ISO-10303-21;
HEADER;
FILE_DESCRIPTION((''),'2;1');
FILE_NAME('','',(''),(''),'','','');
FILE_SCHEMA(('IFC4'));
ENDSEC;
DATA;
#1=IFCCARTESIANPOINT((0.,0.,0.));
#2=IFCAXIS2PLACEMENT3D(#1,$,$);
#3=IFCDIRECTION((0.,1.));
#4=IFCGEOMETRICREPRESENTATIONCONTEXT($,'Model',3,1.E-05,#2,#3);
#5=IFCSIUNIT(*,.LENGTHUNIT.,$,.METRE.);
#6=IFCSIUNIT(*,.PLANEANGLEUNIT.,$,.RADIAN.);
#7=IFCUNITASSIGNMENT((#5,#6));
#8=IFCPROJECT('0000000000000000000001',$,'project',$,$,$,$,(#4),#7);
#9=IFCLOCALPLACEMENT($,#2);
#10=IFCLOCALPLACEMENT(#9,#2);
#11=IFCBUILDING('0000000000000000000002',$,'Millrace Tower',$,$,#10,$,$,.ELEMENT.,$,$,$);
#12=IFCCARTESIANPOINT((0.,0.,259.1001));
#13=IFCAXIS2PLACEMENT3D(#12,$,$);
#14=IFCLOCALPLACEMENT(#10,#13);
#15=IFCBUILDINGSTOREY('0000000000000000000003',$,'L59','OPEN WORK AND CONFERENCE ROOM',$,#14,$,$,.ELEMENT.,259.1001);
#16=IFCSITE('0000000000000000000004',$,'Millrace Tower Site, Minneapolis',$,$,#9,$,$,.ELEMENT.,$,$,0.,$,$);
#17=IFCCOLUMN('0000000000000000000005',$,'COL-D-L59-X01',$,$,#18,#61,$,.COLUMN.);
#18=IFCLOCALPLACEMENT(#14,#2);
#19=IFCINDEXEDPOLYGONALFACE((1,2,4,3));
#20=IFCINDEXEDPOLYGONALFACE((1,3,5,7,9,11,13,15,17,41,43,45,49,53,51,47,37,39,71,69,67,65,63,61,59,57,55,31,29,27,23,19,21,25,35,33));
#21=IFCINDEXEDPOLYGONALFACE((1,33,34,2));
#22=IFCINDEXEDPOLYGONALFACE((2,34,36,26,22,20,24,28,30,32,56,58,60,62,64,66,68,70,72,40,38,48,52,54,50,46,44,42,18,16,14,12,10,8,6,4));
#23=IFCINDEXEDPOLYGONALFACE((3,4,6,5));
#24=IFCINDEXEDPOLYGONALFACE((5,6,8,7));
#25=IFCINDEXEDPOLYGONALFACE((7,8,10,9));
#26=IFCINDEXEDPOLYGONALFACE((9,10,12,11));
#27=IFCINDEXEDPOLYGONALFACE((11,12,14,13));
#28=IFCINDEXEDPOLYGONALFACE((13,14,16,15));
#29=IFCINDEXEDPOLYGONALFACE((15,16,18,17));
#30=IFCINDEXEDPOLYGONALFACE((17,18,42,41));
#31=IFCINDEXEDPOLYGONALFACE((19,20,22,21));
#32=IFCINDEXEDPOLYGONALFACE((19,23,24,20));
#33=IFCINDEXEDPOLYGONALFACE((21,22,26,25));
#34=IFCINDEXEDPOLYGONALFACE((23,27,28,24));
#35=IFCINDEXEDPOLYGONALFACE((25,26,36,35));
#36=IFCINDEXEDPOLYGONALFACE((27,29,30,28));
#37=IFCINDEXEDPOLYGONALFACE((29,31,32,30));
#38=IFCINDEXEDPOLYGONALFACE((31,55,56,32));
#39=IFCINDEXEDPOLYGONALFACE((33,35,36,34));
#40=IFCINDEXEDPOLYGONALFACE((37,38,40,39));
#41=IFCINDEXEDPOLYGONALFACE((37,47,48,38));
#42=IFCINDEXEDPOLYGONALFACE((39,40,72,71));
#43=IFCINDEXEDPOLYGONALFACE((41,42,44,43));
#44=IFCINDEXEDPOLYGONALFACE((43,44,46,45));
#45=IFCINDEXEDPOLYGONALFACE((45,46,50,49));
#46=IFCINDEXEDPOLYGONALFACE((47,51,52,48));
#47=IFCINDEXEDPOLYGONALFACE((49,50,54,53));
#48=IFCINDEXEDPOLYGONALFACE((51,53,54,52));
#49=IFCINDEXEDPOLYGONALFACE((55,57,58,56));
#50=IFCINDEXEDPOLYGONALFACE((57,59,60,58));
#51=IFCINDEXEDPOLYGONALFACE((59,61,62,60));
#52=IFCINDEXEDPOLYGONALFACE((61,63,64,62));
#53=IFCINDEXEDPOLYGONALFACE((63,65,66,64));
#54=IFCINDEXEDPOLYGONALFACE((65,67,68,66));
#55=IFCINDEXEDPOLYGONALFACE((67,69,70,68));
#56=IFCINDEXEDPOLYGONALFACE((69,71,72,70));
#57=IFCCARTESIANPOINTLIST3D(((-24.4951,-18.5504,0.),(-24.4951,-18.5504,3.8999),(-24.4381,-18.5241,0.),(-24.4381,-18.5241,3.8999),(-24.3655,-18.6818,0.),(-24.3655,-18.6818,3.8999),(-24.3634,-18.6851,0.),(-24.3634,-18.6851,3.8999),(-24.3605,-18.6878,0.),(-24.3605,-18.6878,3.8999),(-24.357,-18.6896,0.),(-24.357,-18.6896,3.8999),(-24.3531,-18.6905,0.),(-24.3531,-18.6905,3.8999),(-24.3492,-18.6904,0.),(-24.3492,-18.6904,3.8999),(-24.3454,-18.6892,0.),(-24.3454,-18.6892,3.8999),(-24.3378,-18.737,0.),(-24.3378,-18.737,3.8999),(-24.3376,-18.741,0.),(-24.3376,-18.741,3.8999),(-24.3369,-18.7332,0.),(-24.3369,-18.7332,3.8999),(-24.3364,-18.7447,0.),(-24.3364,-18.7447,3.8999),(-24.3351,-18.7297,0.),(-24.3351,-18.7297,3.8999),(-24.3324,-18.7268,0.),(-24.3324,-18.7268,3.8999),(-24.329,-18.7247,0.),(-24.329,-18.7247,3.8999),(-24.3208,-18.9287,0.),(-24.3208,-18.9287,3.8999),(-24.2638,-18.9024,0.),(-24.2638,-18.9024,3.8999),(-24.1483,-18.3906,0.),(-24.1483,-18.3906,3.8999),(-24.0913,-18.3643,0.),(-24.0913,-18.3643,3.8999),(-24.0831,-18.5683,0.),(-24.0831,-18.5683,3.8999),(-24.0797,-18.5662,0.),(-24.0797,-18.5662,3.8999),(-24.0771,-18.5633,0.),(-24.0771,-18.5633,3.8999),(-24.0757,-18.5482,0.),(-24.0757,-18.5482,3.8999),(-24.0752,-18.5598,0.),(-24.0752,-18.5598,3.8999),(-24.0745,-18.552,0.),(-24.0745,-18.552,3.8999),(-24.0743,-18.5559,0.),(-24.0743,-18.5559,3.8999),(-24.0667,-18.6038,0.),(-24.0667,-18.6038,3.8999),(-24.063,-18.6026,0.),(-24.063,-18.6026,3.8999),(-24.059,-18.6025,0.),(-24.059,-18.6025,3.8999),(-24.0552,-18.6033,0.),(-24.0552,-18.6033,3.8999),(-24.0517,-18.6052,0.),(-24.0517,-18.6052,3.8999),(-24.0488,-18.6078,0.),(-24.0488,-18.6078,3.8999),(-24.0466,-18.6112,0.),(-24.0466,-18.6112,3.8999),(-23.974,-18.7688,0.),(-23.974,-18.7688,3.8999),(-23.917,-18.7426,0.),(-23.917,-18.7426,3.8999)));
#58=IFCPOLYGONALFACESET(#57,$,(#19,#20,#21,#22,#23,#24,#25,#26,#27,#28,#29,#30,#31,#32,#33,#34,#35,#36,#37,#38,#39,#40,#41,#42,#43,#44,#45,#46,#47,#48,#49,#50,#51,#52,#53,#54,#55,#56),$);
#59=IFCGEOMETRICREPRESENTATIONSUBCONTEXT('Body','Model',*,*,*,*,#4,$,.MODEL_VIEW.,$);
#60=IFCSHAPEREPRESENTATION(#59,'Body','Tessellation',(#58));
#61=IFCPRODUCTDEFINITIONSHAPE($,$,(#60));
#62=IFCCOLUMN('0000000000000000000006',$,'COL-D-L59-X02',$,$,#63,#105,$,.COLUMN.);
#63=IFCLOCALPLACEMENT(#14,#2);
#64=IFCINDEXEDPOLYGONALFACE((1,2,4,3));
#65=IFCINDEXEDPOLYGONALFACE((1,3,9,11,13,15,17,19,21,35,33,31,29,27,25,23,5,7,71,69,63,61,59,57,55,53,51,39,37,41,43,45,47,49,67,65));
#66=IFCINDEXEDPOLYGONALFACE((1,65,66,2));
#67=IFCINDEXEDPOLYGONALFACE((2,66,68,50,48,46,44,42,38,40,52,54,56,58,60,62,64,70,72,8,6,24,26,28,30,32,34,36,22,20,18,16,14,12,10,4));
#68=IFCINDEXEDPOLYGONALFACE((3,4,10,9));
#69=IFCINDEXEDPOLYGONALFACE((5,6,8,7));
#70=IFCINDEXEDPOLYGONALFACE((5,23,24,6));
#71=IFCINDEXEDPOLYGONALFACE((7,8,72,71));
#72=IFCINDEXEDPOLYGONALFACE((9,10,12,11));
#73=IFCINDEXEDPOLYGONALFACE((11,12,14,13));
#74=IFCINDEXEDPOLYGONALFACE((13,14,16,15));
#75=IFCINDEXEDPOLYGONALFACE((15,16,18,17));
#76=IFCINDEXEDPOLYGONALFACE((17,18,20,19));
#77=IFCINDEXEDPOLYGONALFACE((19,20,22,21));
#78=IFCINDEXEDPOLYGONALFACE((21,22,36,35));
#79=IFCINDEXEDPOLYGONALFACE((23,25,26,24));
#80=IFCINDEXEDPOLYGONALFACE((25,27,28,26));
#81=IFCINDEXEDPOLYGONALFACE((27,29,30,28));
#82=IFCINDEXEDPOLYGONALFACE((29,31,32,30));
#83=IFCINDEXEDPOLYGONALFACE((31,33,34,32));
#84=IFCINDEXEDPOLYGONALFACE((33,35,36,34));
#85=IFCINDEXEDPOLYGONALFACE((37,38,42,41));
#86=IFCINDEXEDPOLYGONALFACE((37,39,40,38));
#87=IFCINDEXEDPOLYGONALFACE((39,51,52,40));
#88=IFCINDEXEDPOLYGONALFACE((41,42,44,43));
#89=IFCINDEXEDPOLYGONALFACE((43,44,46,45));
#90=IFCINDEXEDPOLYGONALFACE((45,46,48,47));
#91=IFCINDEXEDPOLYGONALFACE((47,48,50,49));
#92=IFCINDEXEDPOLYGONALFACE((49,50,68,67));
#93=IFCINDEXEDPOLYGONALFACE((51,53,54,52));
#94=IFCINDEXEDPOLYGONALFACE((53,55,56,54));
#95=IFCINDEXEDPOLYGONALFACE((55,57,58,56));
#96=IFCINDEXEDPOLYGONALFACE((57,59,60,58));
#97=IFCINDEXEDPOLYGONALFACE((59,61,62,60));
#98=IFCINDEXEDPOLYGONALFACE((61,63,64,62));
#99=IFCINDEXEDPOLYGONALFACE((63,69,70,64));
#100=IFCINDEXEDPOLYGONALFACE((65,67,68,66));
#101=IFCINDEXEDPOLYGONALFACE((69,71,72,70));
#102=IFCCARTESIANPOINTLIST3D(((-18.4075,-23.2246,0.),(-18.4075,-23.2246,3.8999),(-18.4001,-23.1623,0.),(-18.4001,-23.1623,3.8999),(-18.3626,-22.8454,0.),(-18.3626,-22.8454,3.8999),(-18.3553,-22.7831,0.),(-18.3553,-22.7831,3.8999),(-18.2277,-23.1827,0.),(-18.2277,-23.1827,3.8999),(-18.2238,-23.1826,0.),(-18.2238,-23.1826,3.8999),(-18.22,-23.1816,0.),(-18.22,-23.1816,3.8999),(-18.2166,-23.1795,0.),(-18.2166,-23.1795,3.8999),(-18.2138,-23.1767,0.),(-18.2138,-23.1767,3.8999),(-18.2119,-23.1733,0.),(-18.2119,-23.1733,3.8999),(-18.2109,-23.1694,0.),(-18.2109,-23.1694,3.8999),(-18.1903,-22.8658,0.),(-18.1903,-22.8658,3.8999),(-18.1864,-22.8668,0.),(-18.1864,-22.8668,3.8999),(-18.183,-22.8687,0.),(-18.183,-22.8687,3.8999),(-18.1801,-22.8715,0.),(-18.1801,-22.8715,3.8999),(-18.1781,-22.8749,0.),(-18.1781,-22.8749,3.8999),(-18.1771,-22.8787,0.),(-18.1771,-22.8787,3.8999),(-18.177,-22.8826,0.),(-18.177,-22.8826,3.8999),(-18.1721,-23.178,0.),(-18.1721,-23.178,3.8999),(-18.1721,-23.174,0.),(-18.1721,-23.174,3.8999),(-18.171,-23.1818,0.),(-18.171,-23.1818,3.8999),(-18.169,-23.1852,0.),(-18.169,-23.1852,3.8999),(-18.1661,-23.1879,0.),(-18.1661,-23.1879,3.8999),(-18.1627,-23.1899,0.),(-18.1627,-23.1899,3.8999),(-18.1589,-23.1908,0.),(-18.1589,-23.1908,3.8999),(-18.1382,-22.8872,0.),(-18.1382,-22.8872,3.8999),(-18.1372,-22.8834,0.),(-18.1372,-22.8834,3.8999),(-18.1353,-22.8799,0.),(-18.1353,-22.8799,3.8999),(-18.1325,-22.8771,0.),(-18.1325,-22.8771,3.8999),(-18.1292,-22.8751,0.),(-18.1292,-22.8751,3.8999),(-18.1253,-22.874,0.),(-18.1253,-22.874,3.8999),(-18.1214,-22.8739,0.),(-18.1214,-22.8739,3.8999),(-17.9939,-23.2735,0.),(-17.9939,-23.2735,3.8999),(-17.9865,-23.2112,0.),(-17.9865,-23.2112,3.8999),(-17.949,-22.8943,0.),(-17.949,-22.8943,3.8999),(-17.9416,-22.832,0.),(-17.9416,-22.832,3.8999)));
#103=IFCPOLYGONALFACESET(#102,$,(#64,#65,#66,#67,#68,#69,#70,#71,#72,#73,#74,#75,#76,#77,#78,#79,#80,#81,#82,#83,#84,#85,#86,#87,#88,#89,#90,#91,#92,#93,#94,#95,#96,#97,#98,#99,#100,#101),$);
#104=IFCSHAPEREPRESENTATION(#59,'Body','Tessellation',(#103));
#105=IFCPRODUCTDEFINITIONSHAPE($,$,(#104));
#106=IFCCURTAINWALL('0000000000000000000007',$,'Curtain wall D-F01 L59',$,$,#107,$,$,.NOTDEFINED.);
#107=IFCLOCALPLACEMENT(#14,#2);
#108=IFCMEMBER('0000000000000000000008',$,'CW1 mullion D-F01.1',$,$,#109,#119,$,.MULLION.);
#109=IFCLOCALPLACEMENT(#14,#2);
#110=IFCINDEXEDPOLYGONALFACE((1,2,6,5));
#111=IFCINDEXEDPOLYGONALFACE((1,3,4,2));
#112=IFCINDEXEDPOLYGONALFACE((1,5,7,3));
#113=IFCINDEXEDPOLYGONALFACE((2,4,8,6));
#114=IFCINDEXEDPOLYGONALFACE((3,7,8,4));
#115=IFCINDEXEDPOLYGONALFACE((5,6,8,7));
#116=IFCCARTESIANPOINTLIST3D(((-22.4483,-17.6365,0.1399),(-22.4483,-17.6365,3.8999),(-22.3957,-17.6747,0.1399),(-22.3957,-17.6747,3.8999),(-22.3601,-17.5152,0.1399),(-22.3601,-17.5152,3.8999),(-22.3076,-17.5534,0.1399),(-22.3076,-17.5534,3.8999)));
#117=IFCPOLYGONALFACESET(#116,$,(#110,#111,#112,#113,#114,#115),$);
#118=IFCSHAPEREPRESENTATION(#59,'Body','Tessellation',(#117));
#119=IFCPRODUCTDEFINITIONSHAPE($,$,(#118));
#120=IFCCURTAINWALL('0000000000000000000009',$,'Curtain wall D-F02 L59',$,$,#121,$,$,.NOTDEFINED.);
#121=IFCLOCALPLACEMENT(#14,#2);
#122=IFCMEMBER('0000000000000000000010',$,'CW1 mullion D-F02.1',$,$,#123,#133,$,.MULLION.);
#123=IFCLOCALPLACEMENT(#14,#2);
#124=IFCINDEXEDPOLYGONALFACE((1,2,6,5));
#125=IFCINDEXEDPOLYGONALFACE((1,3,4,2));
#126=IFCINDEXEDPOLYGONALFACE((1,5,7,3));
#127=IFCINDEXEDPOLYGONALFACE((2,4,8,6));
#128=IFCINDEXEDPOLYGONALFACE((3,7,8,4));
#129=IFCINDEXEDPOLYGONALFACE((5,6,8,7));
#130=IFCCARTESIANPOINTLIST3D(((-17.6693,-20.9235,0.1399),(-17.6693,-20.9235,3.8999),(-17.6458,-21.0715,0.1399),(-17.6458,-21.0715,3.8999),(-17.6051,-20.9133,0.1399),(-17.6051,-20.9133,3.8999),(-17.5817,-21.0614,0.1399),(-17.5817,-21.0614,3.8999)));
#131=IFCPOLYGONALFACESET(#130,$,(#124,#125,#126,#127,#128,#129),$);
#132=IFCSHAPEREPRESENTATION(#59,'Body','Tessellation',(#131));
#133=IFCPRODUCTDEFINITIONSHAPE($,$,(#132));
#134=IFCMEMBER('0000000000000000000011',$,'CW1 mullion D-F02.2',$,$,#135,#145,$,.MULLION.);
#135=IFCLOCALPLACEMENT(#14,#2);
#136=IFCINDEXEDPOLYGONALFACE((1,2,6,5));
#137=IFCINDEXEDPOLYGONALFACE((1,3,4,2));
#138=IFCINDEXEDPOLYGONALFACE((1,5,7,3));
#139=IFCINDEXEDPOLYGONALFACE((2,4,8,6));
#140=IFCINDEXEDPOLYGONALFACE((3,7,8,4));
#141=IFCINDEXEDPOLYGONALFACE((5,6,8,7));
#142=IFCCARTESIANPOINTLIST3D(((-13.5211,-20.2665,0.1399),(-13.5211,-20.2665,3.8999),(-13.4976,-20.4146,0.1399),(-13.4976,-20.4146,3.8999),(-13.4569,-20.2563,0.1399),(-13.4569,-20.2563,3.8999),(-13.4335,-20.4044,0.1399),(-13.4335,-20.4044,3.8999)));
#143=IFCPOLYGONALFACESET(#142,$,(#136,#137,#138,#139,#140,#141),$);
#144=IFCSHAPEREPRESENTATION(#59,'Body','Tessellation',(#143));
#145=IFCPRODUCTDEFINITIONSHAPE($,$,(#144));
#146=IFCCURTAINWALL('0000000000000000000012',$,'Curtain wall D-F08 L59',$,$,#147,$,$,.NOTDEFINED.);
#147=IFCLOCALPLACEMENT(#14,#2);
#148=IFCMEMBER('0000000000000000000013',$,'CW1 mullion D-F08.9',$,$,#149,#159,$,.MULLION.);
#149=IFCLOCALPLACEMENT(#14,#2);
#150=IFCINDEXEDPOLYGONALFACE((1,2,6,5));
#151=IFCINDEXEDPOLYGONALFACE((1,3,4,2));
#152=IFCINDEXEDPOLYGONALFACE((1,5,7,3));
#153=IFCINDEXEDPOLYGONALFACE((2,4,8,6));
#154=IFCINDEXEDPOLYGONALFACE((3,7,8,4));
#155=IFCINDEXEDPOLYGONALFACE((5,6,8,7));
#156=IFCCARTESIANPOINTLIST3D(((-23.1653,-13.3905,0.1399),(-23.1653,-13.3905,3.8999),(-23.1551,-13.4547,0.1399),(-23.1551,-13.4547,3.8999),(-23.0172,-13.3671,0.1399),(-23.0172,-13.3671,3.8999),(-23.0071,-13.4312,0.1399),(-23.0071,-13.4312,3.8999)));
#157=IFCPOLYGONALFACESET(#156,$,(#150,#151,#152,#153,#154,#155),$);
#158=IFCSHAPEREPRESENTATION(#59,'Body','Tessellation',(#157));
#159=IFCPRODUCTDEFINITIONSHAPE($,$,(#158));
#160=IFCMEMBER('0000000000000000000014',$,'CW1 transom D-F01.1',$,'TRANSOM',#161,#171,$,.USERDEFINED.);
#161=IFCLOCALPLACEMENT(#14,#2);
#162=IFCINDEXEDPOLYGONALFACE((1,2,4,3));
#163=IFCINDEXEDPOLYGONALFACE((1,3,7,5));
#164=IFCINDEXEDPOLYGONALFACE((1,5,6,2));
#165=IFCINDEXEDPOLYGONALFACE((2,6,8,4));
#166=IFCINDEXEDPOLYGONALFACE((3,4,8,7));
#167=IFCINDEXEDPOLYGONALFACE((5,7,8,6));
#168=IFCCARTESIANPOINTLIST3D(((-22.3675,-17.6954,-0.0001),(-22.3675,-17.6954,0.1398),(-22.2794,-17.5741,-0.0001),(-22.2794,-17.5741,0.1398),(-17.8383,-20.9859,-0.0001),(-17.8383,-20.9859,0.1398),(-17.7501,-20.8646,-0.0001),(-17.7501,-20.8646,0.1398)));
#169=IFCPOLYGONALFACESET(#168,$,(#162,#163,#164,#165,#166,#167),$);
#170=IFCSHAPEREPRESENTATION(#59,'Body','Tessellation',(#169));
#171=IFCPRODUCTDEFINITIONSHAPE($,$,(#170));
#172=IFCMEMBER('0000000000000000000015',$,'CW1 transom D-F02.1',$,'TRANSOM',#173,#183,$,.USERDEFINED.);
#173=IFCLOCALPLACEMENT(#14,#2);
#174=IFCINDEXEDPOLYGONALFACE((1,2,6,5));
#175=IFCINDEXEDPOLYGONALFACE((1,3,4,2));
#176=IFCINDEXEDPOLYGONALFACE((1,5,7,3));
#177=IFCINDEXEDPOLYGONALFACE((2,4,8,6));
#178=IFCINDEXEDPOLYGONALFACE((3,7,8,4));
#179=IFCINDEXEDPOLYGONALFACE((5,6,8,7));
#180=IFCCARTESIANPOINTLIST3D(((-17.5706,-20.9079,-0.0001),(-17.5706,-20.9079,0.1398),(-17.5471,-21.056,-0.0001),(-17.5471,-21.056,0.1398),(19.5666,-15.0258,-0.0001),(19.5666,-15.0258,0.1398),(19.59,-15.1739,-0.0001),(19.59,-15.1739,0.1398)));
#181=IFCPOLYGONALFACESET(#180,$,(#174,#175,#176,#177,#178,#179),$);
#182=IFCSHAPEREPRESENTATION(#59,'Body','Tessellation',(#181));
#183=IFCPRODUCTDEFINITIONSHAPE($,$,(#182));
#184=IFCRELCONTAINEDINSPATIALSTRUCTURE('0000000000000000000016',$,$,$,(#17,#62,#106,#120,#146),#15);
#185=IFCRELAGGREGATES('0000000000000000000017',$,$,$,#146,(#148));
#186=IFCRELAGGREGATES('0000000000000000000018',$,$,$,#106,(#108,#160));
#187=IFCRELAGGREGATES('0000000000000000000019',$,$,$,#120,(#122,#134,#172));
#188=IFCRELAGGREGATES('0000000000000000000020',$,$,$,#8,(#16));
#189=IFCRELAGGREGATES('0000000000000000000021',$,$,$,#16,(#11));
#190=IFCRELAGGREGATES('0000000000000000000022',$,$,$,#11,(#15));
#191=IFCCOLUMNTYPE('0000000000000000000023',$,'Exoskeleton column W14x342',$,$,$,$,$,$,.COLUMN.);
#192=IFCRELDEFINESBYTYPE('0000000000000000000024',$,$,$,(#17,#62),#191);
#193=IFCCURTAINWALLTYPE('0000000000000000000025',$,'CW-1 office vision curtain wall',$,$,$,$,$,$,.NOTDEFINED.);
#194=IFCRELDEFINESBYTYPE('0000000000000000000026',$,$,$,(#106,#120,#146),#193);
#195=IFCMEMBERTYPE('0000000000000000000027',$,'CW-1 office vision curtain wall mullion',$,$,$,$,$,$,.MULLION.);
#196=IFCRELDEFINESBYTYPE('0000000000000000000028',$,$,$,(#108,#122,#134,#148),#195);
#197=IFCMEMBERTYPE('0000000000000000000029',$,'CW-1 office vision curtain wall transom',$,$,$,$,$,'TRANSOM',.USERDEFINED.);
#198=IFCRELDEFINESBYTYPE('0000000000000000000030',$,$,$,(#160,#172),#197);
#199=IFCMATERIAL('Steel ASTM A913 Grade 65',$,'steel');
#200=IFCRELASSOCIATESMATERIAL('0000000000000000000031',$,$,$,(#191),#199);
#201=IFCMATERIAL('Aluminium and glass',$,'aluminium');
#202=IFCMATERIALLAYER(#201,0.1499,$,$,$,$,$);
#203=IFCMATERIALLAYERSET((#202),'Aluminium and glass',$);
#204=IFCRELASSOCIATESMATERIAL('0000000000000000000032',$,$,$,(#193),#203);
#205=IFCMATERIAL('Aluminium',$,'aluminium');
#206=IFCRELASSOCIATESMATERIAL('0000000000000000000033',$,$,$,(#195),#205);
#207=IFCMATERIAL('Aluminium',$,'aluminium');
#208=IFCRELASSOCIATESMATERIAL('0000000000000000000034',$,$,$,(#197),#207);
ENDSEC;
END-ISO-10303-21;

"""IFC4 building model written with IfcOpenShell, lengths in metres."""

from ifc_helpers import new_model, si_unit, direction, frame, origin, origin_2d, place, context, subcontext, project, spatial, rectangle, i_section, extrude, material, layer, layer_set, material_profile, profile_set, type_object, element, aggregate, save


model = new_model("IFC4")

# Units and contexts
model_context = context("Model", 3, precision=1e-05, world=origin(), true_north=direction((0.0, 1.0)))
body_context = subcontext(model_context, "Body", "Model", "MODEL_VIEW")
ifc_project = project(units=[si_unit("LENGTHUNIT", "METRE"), si_unit("PLANEANGLEUNIT", "RADIAN")], contexts=[model_context])

# Site, building, storey
site_placement = place(None, origin())
site = spatial("IfcSite", under=ifc_project, at=site_placement, Name="Millrace Tower Site, Minneapolis", CompositionType="ELEMENT", RefElevation=0.0)
building_placement = place(site_placement, origin())
building = spatial("IfcBuilding", under=site, at=building_placement, Name="Millrace Tower", CompositionType="ELEMENT")
storey_placement = place(building_placement, frame((0.0, 0.0, 259.1001)))
storey = spatial("IfcBuildingStorey", under=building, at=storey_placement, Name="L59", Description="OPEN WORK AND CONFERENCE ROOM", CompositionType="ELEMENT", Elevation=259.1001)

# Columns
ifc_material_1 = material(Name="Steel ASTM A913 Grade 65", Category="steel")
ifc_material_profile_1 = material_profile(ifc_material_1, i_section(OverallWidth=0.4165, OverallDepth=0.4446, WebThickness=0.0391, FlangeThickness=0.0627, FilletRadius=0.0151, at=origin_2d()))
ifc_profile_set_1 = profile_set([ifc_material_profile_1], Name="Steel ASTM A913 Grade 65")
column_type = type_object("IfcColumnType", Name="Exoskeleton column W14x342", PredefinedType="COLUMN", material=ifc_profile_set_1)
for number, where, z_axis, x_axis, name in (
    (1, (-24.2061, -18.6465, 0.0), (0.0, 0.0, 1.0), (0.418553, -0.908192, 0.0), "COL-D-L59-X01"),
    (2, (-18.1746, -23.0283, 0.0), (0.0, 0.0, 1.0), (0.993082, -0.117421, 0.0), "COL-D-L59-X02"),
):
    element("IfcColumn", number, at=place(storey_placement, frame(where, z_axis=z_axis, x_axis=x_axis)), inside=storey, type_object=column_type, Name=name, PredefinedType="COLUMN", context=body_context, shape_type="SweptSolid", body=[
        extrude(i_section(OverallWidth=0.4165, OverallDepth=0.4446, WebThickness=0.0391, FlangeThickness=0.0627, FilletRadius=0.0151, at=origin_2d()), origin(), (0.0, 0.0, 1.0), 3.8999),
    ])

# Curtain wall, member
ifc_material_2 = material(Name="Aluminium and glass", Category="aluminium")
ifc_layer_1 = layer(ifc_material_2, 0.1499)
ifc_layer_set_1 = layer_set([ifc_layer_1], Name="Aluminium and glass")
curtain_wall_type = type_object("IfcCurtainWallType", Name="CW-1 office vision curtain wall", PredefinedType="NOTDEFINED", material=ifc_layer_set_1)
placement = place(storey_placement, origin())
curtain_wall_1 = element("IfcCurtainWall", 3, at=placement, inside=storey, type_object=curtain_wall_type, Name="Curtain wall D-F01 L59", PredefinedType="NOTDEFINED")
ifc_material_3 = material(Name="Aluminium", Category="aluminium")
ifc_material_profile_2 = material_profile(ifc_material_3, rectangle(XDim=0.0649, YDim=0.1499, at=origin_2d()))
ifc_profile_set_2 = profile_set([ifc_material_profile_2], Name="Aluminium")
member_type_1 = type_object("IfcMemberType", Name="CW-1 office vision curtain wall mullion", PredefinedType="MULLION", material=ifc_profile_set_2)
member_1_placement = place(storey_placement, frame((-22.3779, -17.595, 0.1399), z_axis=(0.0, 0.0, 1.0), x_axis=(0.809017, -0.587785, 0.0)))
member_1 = element("IfcMember", 4, at=member_1_placement, type_object=member_type_1, Name="CW1 mullion D-F01.1", PredefinedType="MULLION", context=body_context, shape_type="SweptSolid", body=[
    extrude(rectangle(XDim=0.0649, YDim=0.1499, at=origin_2d()), origin(), (0.0, 0.0, 1.0), 3.76),
])

# Curtain wall, members
curtain_wall_2 = element("IfcCurtainWall", 5, at=placement, inside=storey, type_object=curtain_wall_type, Name="Curtain wall D-F02 L59", PredefinedType="NOTDEFINED")
member_2_placement = place(storey_placement, frame((-17.6255, -20.9924, 0.1399), z_axis=(0.0, 0.0, 1.0), x_axis=(0.987688, 0.156434, 0.0)))
member_2 = element("IfcMember", 6, at=member_2_placement, type_object=member_type_1, Name="CW1 mullion D-F02.1", PredefinedType="MULLION", context=body_context, shape_type="SweptSolid", body=[
    extrude(rectangle(XDim=0.0649, YDim=0.1499, at=origin_2d()), origin(), (0.0, 0.0, 1.0), 3.76),
])
member_3_placement = place(storey_placement, frame((-13.4773, -20.3354, 0.1399), z_axis=(0.0, 0.0, 1.0), x_axis=(0.987688, 0.156434, 0.0)))
member_3 = element("IfcMember", 7, at=member_3_placement, type_object=member_type_1, Name="CW1 mullion D-F02.2", PredefinedType="MULLION", context=body_context, shape_type="SweptSolid", body=[
    extrude(rectangle(XDim=0.0649, YDim=0.1499, at=origin_2d()), origin(), (0.0, 0.0, 1.0), 3.76),
])

# Curtain wall, member
curtain_wall_3 = element("IfcCurtainWall", 8, at=placement, inside=storey, type_object=curtain_wall_type, Name="Curtain wall D-F08 L59", PredefinedType="NOTDEFINED")
member_4_placement = place(storey_placement, frame((-23.0862, -13.4109, 0.1399), z_axis=(0.0, 0.0, 1.0), x_axis=(0.156434, -0.987688, 0.0)))
member_4 = element("IfcMember", 9, at=member_4_placement, type_object=member_type_1, Name="CW1 mullion D-F08.9", PredefinedType="MULLION", context=body_context, shape_type="SweptSolid", body=[
    extrude(rectangle(XDim=0.0649, YDim=0.1499, at=origin_2d()), origin(), (0.0, 0.0, 1.0), 3.76),
])
aggregate(curtain_wall_3, [member_4])

# Members
ifc_material_4 = material(Name="Aluminium", Category="aluminium")
ifc_material_profile_3 = material_profile(ifc_material_4, rectangle(XDim=0.1499, YDim=0.1399, at=origin_2d()))
ifc_profile_set_3 = profile_set([ifc_material_profile_3], Name="Aluminium")
member_type_2 = type_object("IfcMemberType", Name="CW-1 office vision curtain wall transom", ElementType="TRANSOM", PredefinedType="USERDEFINED", material=ifc_profile_set_3)
member_5_placement = place(storey_placement, frame((-22.3235, -17.6348, 0.0698), z_axis=(0.809034, -0.587762, 0.0), x_axis=(0.587762, 0.809034, 0.0)))
member_5 = element("IfcMember", 10, at=member_5_placement, type_object=member_type_2, Name="CW1 transom D-F01.1", ObjectType="TRANSOM", PredefinedType="USERDEFINED", context=body_context, shape_type="SweptSolid", body=[
    extrude(rectangle(XDim=0.1499, YDim=0.1399, at=origin_2d()), origin(), (0.0, 0.0, 1.0), 5.5984),
])
aggregate(curtain_wall_1, [member_1, member_5])
member_6_placement = place(storey_placement, frame((-17.5588, -20.9819, 0.0698), z_axis=(0.987688, 0.156438, 0.0), x_axis=(-0.156438, 0.987688, 0.0)))
member_6 = element("IfcMember", 11, at=member_6_placement, type_object=member_type_2, Name="CW1 transom D-F02.1", ObjectType="TRANSOM", PredefinedType="USERDEFINED", context=body_context, shape_type="SweptSolid", body=[
    extrude(rectangle(XDim=0.1499, YDim=0.1399, at=origin_2d()), origin(), (0.0, 0.0, 1.0), 37.6001),
])
aggregate(curtain_wall_2, [member_2, member_3, member_6])

save(model, "model.ifc")
